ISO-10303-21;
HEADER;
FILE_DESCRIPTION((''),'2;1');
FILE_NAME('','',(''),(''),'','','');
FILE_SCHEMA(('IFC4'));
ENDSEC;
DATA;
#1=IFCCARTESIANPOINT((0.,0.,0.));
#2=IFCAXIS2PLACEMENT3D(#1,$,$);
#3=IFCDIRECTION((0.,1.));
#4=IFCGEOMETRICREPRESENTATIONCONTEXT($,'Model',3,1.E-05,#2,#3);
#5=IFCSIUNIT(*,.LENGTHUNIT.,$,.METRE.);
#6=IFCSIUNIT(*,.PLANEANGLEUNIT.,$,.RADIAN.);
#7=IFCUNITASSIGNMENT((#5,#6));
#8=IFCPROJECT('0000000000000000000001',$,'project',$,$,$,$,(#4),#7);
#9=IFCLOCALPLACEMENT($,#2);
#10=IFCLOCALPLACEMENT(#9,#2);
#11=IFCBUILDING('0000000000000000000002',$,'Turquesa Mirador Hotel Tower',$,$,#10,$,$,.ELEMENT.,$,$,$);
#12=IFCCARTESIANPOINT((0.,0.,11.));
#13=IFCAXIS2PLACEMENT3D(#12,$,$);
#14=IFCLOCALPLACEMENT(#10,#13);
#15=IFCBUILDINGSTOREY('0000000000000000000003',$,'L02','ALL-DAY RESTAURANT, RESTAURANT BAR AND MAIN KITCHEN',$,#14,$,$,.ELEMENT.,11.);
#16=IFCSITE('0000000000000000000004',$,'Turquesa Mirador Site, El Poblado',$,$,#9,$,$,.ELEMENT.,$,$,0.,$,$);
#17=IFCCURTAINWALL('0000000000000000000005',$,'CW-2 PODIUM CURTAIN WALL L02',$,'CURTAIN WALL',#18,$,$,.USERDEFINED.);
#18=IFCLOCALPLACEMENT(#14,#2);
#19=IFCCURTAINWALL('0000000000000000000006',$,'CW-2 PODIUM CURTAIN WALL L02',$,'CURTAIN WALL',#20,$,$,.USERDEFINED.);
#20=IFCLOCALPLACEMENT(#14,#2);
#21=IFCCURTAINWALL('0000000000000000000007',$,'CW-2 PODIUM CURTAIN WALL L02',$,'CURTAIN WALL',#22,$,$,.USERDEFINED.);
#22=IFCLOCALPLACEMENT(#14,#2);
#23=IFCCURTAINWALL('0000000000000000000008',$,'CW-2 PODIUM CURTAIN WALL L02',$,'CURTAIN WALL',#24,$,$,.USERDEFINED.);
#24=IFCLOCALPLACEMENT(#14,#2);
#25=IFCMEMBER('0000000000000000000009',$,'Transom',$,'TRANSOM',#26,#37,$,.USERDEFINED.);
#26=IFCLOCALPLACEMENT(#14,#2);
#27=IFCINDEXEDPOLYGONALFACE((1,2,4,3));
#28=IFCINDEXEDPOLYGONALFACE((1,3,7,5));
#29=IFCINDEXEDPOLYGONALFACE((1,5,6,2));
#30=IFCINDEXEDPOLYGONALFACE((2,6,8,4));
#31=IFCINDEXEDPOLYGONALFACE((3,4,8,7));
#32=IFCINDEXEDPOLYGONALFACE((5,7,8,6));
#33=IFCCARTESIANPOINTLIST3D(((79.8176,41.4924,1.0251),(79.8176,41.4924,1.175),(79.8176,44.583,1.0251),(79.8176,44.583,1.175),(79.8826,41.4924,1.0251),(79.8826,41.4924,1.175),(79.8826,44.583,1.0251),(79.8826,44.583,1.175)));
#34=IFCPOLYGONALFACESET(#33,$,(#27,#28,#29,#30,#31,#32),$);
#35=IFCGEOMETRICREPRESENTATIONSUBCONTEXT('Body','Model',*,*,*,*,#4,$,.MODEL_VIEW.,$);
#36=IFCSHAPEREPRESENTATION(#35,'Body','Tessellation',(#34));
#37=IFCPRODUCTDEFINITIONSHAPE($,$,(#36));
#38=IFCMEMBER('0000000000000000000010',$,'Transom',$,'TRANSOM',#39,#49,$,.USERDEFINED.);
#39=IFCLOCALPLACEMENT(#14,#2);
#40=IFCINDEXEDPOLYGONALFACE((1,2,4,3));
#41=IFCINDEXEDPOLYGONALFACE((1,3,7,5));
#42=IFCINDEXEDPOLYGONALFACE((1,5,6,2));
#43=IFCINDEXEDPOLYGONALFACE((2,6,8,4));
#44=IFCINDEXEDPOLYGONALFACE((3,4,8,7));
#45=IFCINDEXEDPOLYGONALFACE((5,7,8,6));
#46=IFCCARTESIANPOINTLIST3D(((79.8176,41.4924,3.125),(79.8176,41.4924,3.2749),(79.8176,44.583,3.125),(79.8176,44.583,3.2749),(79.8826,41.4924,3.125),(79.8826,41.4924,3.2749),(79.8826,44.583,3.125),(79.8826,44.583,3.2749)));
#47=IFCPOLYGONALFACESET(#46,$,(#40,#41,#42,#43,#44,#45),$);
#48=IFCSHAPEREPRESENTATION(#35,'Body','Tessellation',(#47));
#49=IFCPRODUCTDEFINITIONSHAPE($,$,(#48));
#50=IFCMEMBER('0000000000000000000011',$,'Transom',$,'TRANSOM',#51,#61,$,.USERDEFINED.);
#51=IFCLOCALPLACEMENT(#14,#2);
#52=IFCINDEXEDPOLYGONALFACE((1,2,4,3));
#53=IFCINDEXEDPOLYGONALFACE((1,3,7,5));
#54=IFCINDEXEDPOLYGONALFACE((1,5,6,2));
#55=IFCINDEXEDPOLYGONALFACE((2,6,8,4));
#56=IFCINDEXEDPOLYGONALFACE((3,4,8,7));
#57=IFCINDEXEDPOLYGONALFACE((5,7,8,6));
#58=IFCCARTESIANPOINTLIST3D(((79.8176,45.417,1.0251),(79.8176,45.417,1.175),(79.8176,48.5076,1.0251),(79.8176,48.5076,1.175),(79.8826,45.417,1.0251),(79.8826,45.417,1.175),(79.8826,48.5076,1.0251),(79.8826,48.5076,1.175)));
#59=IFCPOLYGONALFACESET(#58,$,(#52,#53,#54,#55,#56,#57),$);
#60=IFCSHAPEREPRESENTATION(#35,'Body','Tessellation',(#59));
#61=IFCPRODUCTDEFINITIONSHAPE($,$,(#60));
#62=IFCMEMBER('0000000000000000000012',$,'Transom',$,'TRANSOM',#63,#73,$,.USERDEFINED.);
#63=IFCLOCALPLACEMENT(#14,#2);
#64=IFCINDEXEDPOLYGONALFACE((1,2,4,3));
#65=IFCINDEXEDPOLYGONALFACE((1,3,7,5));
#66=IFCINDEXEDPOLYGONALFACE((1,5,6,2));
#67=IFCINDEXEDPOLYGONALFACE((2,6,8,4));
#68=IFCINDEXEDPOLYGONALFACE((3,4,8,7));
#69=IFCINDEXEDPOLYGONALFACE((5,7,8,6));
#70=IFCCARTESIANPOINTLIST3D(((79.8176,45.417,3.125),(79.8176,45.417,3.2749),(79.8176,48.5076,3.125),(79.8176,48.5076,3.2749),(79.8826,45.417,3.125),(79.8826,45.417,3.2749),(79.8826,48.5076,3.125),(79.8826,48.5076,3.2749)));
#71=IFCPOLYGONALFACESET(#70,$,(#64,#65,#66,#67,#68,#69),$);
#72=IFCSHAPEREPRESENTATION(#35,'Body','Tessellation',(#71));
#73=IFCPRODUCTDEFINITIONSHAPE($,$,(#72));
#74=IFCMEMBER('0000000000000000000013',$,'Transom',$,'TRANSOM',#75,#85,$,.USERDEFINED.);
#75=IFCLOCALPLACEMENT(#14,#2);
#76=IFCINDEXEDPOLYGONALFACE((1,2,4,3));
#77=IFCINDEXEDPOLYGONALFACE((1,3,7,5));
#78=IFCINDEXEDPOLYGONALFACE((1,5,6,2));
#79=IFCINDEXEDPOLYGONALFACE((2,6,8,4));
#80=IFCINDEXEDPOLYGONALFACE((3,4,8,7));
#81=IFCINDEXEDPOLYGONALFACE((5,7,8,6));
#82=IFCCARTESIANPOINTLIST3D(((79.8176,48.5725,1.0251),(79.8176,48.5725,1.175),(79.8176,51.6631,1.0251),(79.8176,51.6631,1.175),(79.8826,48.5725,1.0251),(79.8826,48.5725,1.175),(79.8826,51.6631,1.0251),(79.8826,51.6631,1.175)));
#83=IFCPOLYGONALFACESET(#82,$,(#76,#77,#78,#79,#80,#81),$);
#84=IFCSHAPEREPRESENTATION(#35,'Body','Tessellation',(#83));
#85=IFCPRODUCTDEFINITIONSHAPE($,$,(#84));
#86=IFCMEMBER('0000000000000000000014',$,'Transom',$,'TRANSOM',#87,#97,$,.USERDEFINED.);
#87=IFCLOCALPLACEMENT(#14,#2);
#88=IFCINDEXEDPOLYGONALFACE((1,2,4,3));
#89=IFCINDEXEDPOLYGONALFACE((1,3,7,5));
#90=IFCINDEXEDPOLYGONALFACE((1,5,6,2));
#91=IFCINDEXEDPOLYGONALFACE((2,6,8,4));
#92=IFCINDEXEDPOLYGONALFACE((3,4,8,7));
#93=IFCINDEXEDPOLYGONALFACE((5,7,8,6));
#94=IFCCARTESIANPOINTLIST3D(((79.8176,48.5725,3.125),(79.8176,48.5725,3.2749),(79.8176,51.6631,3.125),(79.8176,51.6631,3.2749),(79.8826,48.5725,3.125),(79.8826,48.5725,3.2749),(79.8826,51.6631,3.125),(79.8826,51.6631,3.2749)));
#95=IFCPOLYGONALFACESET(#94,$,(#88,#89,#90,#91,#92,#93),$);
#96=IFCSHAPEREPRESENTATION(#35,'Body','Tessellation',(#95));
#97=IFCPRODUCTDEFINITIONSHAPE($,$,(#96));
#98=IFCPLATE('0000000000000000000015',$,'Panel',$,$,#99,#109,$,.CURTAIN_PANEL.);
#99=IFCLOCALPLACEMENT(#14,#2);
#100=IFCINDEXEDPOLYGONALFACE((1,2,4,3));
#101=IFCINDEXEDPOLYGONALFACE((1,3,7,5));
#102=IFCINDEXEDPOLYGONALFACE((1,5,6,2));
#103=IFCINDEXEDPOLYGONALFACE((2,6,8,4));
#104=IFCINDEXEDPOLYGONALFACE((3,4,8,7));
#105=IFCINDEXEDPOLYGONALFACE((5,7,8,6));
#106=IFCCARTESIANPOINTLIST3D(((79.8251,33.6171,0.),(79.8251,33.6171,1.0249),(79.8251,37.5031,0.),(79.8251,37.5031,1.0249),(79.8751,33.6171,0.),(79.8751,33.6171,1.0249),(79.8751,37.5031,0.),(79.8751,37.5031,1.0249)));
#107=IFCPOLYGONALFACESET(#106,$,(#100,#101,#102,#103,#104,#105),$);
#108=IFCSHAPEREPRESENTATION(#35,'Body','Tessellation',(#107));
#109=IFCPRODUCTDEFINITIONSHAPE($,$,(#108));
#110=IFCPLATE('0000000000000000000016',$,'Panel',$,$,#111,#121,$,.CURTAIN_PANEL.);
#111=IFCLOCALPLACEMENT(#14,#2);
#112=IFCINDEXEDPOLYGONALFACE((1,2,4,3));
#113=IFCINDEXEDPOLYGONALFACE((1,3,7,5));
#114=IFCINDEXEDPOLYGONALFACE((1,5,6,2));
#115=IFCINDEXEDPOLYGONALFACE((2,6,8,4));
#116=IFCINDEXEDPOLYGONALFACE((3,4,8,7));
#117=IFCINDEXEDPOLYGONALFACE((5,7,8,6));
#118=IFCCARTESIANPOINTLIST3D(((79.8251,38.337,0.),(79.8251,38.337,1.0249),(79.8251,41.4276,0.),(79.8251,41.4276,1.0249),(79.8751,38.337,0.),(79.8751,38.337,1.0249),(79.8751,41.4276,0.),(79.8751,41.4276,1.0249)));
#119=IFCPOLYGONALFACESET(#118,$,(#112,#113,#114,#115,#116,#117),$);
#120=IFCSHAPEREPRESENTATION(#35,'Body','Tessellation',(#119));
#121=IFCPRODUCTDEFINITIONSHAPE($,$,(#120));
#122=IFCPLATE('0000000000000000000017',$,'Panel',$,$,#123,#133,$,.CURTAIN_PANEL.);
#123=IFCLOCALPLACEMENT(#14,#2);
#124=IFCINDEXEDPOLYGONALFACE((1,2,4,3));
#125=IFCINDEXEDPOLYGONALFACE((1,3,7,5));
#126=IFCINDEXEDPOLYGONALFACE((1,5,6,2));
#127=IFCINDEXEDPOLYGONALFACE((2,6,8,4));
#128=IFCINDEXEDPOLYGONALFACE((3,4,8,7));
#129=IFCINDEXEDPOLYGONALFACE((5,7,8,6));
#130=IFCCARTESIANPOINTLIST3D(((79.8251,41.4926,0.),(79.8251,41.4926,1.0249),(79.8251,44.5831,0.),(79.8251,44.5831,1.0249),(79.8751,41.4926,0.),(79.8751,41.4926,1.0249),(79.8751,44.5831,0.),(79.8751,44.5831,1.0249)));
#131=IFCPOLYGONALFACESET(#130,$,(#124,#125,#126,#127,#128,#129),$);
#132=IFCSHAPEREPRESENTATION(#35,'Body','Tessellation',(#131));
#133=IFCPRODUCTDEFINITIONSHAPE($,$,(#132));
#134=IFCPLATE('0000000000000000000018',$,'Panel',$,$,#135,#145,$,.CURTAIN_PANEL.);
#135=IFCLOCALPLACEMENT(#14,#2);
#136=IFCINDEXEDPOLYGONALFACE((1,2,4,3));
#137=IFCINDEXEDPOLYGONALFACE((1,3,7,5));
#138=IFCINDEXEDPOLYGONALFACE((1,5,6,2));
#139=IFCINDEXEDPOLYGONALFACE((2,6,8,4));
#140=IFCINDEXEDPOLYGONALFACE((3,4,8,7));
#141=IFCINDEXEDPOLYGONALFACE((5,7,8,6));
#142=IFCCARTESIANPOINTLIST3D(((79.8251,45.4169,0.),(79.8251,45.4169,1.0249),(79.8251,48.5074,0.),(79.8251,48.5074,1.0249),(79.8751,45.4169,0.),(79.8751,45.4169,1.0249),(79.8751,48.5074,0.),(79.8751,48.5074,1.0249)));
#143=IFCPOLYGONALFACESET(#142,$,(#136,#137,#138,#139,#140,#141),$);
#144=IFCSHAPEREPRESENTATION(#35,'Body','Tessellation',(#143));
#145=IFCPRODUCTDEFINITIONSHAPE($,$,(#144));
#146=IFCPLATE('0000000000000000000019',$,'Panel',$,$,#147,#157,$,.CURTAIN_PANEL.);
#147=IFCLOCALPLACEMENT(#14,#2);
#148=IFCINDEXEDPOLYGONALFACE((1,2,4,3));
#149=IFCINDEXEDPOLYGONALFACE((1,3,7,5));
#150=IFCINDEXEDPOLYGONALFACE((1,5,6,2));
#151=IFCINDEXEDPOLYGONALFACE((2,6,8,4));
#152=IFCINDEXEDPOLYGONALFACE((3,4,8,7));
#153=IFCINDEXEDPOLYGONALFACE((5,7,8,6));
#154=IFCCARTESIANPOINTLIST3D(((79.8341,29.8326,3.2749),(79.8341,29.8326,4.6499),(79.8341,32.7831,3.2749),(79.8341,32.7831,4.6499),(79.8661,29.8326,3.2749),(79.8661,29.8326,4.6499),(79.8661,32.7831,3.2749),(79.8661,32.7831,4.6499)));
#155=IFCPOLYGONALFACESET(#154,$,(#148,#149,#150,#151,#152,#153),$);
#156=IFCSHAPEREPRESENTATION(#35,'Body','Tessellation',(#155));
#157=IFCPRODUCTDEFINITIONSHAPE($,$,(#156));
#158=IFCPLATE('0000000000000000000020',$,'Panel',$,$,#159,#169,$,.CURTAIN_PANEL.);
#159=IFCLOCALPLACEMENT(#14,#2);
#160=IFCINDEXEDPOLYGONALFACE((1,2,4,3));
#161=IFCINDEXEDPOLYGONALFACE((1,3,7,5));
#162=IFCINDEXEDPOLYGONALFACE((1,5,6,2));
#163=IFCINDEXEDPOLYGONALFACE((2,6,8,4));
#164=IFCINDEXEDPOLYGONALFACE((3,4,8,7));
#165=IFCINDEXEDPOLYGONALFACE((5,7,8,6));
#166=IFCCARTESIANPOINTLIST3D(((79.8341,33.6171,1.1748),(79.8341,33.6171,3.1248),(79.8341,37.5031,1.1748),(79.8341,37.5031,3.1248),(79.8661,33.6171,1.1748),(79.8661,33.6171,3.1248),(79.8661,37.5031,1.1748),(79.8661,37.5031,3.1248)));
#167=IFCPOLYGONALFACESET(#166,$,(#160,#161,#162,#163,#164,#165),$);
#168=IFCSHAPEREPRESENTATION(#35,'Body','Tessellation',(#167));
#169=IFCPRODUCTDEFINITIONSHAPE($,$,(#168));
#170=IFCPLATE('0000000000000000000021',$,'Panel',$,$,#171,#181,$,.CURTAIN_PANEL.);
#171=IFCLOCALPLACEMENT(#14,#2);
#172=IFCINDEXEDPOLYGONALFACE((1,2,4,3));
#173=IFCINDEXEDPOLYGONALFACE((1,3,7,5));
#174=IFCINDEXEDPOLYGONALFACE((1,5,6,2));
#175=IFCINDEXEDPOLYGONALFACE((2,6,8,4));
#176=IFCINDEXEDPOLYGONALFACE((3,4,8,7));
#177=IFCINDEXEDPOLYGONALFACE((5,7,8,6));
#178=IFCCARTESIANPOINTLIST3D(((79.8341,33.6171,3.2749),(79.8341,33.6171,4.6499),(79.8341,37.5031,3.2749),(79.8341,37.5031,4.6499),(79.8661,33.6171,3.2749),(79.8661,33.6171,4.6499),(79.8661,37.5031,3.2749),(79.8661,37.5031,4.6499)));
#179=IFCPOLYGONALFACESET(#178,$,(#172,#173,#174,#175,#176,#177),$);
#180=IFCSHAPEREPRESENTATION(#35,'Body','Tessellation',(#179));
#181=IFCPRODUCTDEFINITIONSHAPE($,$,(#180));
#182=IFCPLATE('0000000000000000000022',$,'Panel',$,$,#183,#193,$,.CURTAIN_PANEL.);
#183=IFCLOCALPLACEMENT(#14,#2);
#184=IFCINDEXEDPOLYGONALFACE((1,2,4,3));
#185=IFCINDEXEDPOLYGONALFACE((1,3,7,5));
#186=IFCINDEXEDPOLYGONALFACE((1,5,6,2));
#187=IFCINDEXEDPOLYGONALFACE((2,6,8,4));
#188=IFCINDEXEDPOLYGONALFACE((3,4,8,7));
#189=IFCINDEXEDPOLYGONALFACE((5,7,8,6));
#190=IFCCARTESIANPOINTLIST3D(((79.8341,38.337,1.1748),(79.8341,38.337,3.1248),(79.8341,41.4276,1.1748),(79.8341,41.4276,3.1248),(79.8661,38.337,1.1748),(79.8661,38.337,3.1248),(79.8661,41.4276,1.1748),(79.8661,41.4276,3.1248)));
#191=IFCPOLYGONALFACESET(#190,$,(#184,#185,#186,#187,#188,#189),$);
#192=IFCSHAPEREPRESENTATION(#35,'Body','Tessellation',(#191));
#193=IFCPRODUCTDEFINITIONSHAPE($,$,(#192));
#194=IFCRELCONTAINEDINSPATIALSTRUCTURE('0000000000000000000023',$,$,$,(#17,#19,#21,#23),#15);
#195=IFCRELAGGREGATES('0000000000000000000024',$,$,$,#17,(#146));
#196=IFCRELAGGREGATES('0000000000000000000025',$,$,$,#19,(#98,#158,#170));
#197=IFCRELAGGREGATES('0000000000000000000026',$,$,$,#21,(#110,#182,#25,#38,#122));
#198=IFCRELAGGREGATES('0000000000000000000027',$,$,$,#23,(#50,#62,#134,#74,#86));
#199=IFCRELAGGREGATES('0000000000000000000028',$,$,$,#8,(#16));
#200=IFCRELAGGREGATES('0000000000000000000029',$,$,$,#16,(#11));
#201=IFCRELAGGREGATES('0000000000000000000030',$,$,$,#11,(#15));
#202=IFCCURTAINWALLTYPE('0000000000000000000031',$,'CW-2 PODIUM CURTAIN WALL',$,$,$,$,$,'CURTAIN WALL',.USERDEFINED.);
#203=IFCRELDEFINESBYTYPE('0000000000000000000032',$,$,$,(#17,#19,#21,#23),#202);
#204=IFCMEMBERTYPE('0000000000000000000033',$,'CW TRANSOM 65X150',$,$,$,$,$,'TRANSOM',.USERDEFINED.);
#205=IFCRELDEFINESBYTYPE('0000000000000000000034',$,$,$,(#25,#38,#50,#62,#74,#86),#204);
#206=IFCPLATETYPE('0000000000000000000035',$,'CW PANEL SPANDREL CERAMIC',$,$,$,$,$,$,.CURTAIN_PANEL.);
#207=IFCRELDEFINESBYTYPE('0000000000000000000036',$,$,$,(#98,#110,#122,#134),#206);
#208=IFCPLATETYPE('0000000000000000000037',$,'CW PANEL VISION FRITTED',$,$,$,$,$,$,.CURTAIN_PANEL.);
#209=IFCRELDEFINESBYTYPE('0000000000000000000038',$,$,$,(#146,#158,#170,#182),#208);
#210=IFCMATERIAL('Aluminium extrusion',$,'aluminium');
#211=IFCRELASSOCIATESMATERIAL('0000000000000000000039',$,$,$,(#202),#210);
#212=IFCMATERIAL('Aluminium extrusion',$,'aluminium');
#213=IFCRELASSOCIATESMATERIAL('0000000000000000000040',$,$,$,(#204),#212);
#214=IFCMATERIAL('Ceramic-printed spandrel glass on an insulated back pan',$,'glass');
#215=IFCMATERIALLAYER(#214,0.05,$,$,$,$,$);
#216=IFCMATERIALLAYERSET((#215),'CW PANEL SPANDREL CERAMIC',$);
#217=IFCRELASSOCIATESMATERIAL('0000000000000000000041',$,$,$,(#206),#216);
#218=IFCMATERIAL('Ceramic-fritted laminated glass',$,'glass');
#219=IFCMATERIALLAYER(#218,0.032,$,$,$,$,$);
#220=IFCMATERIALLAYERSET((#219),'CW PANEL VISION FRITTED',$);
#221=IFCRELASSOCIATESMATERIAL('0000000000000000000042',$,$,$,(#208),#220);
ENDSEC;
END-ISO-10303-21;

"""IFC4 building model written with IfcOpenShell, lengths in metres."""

from ifc_helpers import new_model, si_unit, direction, frame, origin, origin_2d, place, context, subcontext, project, spatial, rectangle, extrude, material, layer, layer_set, material_profile, profile_set, type_object, element, aggregate, save


model = new_model("IFC4")

# Units and contexts
model_context = context("Model", 3, precision=1e-05, world=origin(), true_north=direction((0.0, 1.0)))
body_context = subcontext(model_context, "Body", "Model", "MODEL_VIEW")
ifc_project = project(units=[si_unit("LENGTHUNIT", "METRE"), si_unit("PLANEANGLEUNIT", "RADIAN")], contexts=[model_context])

# Site, building, storey
site_placement = place(None, origin())
site = spatial("IfcSite", under=ifc_project, at=site_placement, Name="Turquesa Mirador Site, El Poblado", CompositionType="ELEMENT", RefElevation=0.0)
building_placement = place(site_placement, origin())
building = spatial("IfcBuilding", under=site, at=building_placement, Name="Turquesa Mirador Hotel Tower", CompositionType="ELEMENT")
storey_placement = place(building_placement, frame((0.0, 0.0, 11.0)))
storey = spatial("IfcBuildingStorey", under=building, at=storey_placement, Name="L02", Description="ALL-DAY RESTAURANT, RESTAURANT BAR AND MAIN KITCHEN", CompositionType="ELEMENT", Elevation=11.0)

# Curtain wall
ifc_material_1 = material(Name="Aluminium extrusion", Category="aluminium")
curtain_wall_type = type_object("IfcCurtainWallType", Name="CW-2 PODIUM CURTAIN WALL", ElementType="CURTAIN WALL", PredefinedType="USERDEFINED", material=ifc_material_1)
curtain_wall_1_placement = place(storey_placement, origin())
curtain_wall_1 = element("IfcCurtainWall", 1, at=curtain_wall_1_placement, inside=storey, type_object=curtain_wall_type, Name="CW-2 PODIUM CURTAIN WALL L02", ObjectType="CURTAIN WALL", PredefinedType="USERDEFINED")

# Curtain walls
curtain_wall_2_placement = place(storey_placement, origin())
curtain_wall_2 = element("IfcCurtainWall", 2, at=curtain_wall_2_placement, inside=storey, type_object=curtain_wall_type, Name="CW-2 PODIUM CURTAIN WALL L02", ObjectType="CURTAIN WALL", PredefinedType="USERDEFINED")
curtain_wall_3_placement = place(storey_placement, origin())
curtain_wall_3 = element("IfcCurtainWall", 3, at=curtain_wall_3_placement, inside=storey, type_object=curtain_wall_type, Name="CW-2 PODIUM CURTAIN WALL L02", ObjectType="CURTAIN WALL", PredefinedType="USERDEFINED")
curtain_wall_4_placement = place(storey_placement, origin())
curtain_wall_4 = element("IfcCurtainWall", 4, at=curtain_wall_4_placement, inside=storey, type_object=curtain_wall_type, Name="CW-2 PODIUM CURTAIN WALL L02", ObjectType="CURTAIN WALL", PredefinedType="USERDEFINED")

# Members
ifc_material_2 = material(Name="Aluminium extrusion", Category="aluminium")
ifc_material_profile_1 = material_profile(ifc_material_2, rectangle(XDim=0.0649, YDim=0.1499, at=origin_2d()), Name="TRANSOM 65X150")
ifc_profile_set_1 = profile_set([ifc_material_profile_1], Name="Aluminium extrusion")
member_type_1 = type_object("IfcMemberType", Name="CW TRANSOM 65X150", ElementType="TRANSOM", PredefinedType="USERDEFINED", material=ifc_profile_set_1)
member_1_placement = place(storey_placement, frame((79.8501, 41.4924, 1.1001), z_axis=(0.0, 1.0, 0.0), x_axis=(-1.0, 0.0, 0.0)))
member_1 = element("IfcMember", 5, at=member_1_placement, type_object=member_type_1, Name="Transom", ObjectType="TRANSOM", PredefinedType="USERDEFINED", context=body_context, shape_type="SweptSolid", body=[
    extrude(rectangle(XDim=0.0649, YDim=0.1499, at=origin_2d()), origin(), (0.0, 0.0, 1.0), 3.0906),
])
member_2_placement = place(storey_placement, frame((79.8501, 41.4924, 3.2), z_axis=(0.0, 1.0, 0.0), x_axis=(-1.0, 0.0, 0.0)))
member_2 = element("IfcMember", 6, at=member_2_placement, type_object=member_type_1, Name="Transom", ObjectType="TRANSOM", PredefinedType="USERDEFINED", context=body_context, shape_type="SweptSolid", body=[
    extrude(rectangle(XDim=0.0649, YDim=0.1499, at=origin_2d()), origin(), (0.0, 0.0, 1.0), 3.0906),
])
member_3_placement = place(storey_placement, frame((79.8501, 45.417, 1.1001), z_axis=(0.0, 1.0, 0.0), x_axis=(-1.0, 0.0, 0.0)))
member_3 = element("IfcMember", 7, at=member_3_placement, type_object=member_type_1, Name="Transom", ObjectType="TRANSOM", PredefinedType="USERDEFINED", context=body_context, shape_type="SweptSolid", body=[
    extrude(rectangle(XDim=0.0649, YDim=0.1499, at=origin_2d()), origin(), (0.0, 0.0, 1.0), 3.0906),
])
member_4_placement = place(storey_placement, frame((79.8501, 45.417, 3.2), z_axis=(0.0, 1.0, 0.0), x_axis=(-1.0, 0.0, 0.0)))
member_4 = element("IfcMember", 8, at=member_4_placement, type_object=member_type_1, Name="Transom", ObjectType="TRANSOM", PredefinedType="USERDEFINED", context=body_context, shape_type="SweptSolid", body=[
    extrude(rectangle(XDim=0.0649, YDim=0.1499, at=origin_2d()), origin(), (0.0, 0.0, 1.0), 3.0906),
])
member_5_placement = place(storey_placement, frame((79.8501, 48.5725, 1.1001), z_axis=(0.0, 1.0, 0.0), x_axis=(-1.0, 0.0, 0.0)))
member_5 = element("IfcMember", 9, at=member_5_placement, type_object=member_type_1, Name="Transom", ObjectType="TRANSOM", PredefinedType="USERDEFINED", context=body_context, shape_type="SweptSolid", body=[
    extrude(rectangle(XDim=0.0649, YDim=0.1499, at=origin_2d()), origin(), (0.0, 0.0, 1.0), 3.0906),
])
member_6_placement = place(storey_placement, frame((79.8501, 48.5725, 3.2), z_axis=(0.0, 1.0, 0.0), x_axis=(-1.0, 0.0, 0.0)))
member_6 = element("IfcMember", 10, at=member_6_placement, type_object=member_type_1, Name="Transom", ObjectType="TRANSOM", PredefinedType="USERDEFINED", context=body_context, shape_type="SweptSolid", body=[
    extrude(rectangle(XDim=0.0649, YDim=0.1499, at=origin_2d()), origin(), (0.0, 0.0, 1.0), 3.0906),
])

# Plates
ifc_material_3 = material(Name="Ceramic-printed spandrel glass on an insulated back pan", Category="glass")
ifc_layer_1 = layer(ifc_material_3, 0.05)
ifc_layer_set_1 = layer_set([ifc_layer_1], Name="CW PANEL SPANDREL CERAMIC")
plate_type_1 = type_object("IfcPlateType", Name="CW PANEL SPANDREL CERAMIC", PredefinedType="CURTAIN_PANEL", material=ifc_layer_set_1)
plate_1_placement = place(storey_placement, frame((79.8501, 35.5601, 0.0), z_axis=(0.0, 0.0, 1.0), x_axis=(0.0, 1.0, 0.0)))
plate_1 = element("IfcPlate", 11, at=plate_1_placement, type_object=plate_type_1, Name="Panel", PredefinedType="CURTAIN_PANEL", context=body_context, shape_type="SweptSolid", body=[
    extrude(rectangle(XDim=3.886, YDim=0.05, at=origin_2d()), origin(), (0.0, 0.0, 1.0), 1.0249),
])
plate_2_placement = place(storey_placement, frame((79.8501, 39.8823, 0.0), z_axis=(0.0, 0.0, 1.0), x_axis=(0.0, 1.0, 0.0)))
plate_2 = element("IfcPlate", 12, at=plate_2_placement, type_object=plate_type_1, Name="Panel", PredefinedType="CURTAIN_PANEL", context=body_context, shape_type="SweptSolid", body=[
    extrude(rectangle(XDim=3.0906, YDim=0.05, at=origin_2d()), origin(), (0.0, 0.0, 1.0), 1.0249),
])
plate_3_placement = place(storey_placement, frame((79.8501, 43.0378, 0.0), z_axis=(0.0, 0.0, 1.0), x_axis=(0.0, 1.0, 0.0)))
plate_3 = element("IfcPlate", 13, at=plate_3_placement, type_object=plate_type_1, Name="Panel", PredefinedType="CURTAIN_PANEL", context=body_context, shape_type="SweptSolid", body=[
    extrude(rectangle(XDim=3.0906, YDim=0.05, at=origin_2d()), origin(), (0.0, 0.0, 1.0), 1.0249),
])
plate_4_placement = place(storey_placement, frame((79.8501, 46.9622, 0.0), z_axis=(0.0, 0.0, 1.0), x_axis=(0.0, 1.0, 0.0)))
plate_4 = element("IfcPlate", 14, at=plate_4_placement, type_object=plate_type_1, Name="Panel", PredefinedType="CURTAIN_PANEL", context=body_context, shape_type="SweptSolid", body=[
    extrude(rectangle(XDim=3.0906, YDim=0.05, at=origin_2d()), origin(), (0.0, 0.0, 1.0), 1.0249),
])
ifc_material_4 = material(Name="Ceramic-fritted laminated glass", Category="glass")
ifc_layer_2 = layer(ifc_material_4, 0.032)
ifc_layer_set_2 = layer_set([ifc_layer_2], Name="CW PANEL VISION FRITTED")
plate_type_2 = type_object("IfcPlateType", Name="CW PANEL VISION FRITTED", PredefinedType="CURTAIN_PANEL", material=ifc_layer_set_2)
plate_5_placement = place(storey_placement, frame((79.8501, 31.3079, 3.2749), z_axis=(0.0, 0.0, 1.0), x_axis=(0.0, 1.0, 0.0)))
plate_5 = element("IfcPlate", 15, at=plate_5_placement, type_object=plate_type_2, Name="Panel", PredefinedType="CURTAIN_PANEL", context=body_context, shape_type="SweptSolid", body=[
    extrude(rectangle(XDim=2.9504, YDim=0.032, at=origin_2d()), origin(), (0.0, 0.0, 1.0), 1.375),
])
aggregate(curtain_wall_1, [plate_5])
plate_6_placement = place(storey_placement, frame((79.8501, 35.5601, 1.1748), z_axis=(0.0, 0.0, 1.0), x_axis=(0.0, 1.0, 0.0)))
plate_6 = element("IfcPlate", 16, at=plate_6_placement, type_object=plate_type_2, Name="Panel", PredefinedType="CURTAIN_PANEL", context=body_context, shape_type="SweptSolid", body=[
    extrude(rectangle(XDim=3.886, YDim=0.032, at=origin_2d()), origin(), (0.0, 0.0, 1.0), 1.95),
])
plate_7_placement = place(storey_placement, frame((79.8501, 35.5601, 3.2749), z_axis=(0.0, 0.0, 1.0), x_axis=(0.0, 1.0, 0.0)))
plate_7 = element("IfcPlate", 17, at=plate_7_placement, type_object=plate_type_2, Name="Panel", PredefinedType="CURTAIN_PANEL", context=body_context, shape_type="SweptSolid", body=[
    extrude(rectangle(XDim=3.886, YDim=0.032, at=origin_2d()), origin(), (0.0, 0.0, 1.0), 1.375),
])
aggregate(curtain_wall_2, [plate_1, plate_6, plate_7])
plate_8_placement = place(storey_placement, frame((79.8501, 39.8823, 1.1748), z_axis=(0.0, 0.0, 1.0), x_axis=(0.0, 1.0, 0.0)))
plate_8 = element("IfcPlate", 18, at=plate_8_placement, type_object=plate_type_2, Name="Panel", PredefinedType="CURTAIN_PANEL", context=body_context, shape_type="SweptSolid", body=[
    extrude(rectangle(XDim=3.0906, YDim=0.032, at=origin_2d()), origin(), (0.0, 0.0, 1.0), 1.95),
])
aggregate(curtain_wall_3, [plate_2, plate_8, member_1, member_2, plate_3])
aggregate(curtain_wall_4, [member_3, member_4, plate_4, member_5, member_6])

save(model, "model.ifc")
